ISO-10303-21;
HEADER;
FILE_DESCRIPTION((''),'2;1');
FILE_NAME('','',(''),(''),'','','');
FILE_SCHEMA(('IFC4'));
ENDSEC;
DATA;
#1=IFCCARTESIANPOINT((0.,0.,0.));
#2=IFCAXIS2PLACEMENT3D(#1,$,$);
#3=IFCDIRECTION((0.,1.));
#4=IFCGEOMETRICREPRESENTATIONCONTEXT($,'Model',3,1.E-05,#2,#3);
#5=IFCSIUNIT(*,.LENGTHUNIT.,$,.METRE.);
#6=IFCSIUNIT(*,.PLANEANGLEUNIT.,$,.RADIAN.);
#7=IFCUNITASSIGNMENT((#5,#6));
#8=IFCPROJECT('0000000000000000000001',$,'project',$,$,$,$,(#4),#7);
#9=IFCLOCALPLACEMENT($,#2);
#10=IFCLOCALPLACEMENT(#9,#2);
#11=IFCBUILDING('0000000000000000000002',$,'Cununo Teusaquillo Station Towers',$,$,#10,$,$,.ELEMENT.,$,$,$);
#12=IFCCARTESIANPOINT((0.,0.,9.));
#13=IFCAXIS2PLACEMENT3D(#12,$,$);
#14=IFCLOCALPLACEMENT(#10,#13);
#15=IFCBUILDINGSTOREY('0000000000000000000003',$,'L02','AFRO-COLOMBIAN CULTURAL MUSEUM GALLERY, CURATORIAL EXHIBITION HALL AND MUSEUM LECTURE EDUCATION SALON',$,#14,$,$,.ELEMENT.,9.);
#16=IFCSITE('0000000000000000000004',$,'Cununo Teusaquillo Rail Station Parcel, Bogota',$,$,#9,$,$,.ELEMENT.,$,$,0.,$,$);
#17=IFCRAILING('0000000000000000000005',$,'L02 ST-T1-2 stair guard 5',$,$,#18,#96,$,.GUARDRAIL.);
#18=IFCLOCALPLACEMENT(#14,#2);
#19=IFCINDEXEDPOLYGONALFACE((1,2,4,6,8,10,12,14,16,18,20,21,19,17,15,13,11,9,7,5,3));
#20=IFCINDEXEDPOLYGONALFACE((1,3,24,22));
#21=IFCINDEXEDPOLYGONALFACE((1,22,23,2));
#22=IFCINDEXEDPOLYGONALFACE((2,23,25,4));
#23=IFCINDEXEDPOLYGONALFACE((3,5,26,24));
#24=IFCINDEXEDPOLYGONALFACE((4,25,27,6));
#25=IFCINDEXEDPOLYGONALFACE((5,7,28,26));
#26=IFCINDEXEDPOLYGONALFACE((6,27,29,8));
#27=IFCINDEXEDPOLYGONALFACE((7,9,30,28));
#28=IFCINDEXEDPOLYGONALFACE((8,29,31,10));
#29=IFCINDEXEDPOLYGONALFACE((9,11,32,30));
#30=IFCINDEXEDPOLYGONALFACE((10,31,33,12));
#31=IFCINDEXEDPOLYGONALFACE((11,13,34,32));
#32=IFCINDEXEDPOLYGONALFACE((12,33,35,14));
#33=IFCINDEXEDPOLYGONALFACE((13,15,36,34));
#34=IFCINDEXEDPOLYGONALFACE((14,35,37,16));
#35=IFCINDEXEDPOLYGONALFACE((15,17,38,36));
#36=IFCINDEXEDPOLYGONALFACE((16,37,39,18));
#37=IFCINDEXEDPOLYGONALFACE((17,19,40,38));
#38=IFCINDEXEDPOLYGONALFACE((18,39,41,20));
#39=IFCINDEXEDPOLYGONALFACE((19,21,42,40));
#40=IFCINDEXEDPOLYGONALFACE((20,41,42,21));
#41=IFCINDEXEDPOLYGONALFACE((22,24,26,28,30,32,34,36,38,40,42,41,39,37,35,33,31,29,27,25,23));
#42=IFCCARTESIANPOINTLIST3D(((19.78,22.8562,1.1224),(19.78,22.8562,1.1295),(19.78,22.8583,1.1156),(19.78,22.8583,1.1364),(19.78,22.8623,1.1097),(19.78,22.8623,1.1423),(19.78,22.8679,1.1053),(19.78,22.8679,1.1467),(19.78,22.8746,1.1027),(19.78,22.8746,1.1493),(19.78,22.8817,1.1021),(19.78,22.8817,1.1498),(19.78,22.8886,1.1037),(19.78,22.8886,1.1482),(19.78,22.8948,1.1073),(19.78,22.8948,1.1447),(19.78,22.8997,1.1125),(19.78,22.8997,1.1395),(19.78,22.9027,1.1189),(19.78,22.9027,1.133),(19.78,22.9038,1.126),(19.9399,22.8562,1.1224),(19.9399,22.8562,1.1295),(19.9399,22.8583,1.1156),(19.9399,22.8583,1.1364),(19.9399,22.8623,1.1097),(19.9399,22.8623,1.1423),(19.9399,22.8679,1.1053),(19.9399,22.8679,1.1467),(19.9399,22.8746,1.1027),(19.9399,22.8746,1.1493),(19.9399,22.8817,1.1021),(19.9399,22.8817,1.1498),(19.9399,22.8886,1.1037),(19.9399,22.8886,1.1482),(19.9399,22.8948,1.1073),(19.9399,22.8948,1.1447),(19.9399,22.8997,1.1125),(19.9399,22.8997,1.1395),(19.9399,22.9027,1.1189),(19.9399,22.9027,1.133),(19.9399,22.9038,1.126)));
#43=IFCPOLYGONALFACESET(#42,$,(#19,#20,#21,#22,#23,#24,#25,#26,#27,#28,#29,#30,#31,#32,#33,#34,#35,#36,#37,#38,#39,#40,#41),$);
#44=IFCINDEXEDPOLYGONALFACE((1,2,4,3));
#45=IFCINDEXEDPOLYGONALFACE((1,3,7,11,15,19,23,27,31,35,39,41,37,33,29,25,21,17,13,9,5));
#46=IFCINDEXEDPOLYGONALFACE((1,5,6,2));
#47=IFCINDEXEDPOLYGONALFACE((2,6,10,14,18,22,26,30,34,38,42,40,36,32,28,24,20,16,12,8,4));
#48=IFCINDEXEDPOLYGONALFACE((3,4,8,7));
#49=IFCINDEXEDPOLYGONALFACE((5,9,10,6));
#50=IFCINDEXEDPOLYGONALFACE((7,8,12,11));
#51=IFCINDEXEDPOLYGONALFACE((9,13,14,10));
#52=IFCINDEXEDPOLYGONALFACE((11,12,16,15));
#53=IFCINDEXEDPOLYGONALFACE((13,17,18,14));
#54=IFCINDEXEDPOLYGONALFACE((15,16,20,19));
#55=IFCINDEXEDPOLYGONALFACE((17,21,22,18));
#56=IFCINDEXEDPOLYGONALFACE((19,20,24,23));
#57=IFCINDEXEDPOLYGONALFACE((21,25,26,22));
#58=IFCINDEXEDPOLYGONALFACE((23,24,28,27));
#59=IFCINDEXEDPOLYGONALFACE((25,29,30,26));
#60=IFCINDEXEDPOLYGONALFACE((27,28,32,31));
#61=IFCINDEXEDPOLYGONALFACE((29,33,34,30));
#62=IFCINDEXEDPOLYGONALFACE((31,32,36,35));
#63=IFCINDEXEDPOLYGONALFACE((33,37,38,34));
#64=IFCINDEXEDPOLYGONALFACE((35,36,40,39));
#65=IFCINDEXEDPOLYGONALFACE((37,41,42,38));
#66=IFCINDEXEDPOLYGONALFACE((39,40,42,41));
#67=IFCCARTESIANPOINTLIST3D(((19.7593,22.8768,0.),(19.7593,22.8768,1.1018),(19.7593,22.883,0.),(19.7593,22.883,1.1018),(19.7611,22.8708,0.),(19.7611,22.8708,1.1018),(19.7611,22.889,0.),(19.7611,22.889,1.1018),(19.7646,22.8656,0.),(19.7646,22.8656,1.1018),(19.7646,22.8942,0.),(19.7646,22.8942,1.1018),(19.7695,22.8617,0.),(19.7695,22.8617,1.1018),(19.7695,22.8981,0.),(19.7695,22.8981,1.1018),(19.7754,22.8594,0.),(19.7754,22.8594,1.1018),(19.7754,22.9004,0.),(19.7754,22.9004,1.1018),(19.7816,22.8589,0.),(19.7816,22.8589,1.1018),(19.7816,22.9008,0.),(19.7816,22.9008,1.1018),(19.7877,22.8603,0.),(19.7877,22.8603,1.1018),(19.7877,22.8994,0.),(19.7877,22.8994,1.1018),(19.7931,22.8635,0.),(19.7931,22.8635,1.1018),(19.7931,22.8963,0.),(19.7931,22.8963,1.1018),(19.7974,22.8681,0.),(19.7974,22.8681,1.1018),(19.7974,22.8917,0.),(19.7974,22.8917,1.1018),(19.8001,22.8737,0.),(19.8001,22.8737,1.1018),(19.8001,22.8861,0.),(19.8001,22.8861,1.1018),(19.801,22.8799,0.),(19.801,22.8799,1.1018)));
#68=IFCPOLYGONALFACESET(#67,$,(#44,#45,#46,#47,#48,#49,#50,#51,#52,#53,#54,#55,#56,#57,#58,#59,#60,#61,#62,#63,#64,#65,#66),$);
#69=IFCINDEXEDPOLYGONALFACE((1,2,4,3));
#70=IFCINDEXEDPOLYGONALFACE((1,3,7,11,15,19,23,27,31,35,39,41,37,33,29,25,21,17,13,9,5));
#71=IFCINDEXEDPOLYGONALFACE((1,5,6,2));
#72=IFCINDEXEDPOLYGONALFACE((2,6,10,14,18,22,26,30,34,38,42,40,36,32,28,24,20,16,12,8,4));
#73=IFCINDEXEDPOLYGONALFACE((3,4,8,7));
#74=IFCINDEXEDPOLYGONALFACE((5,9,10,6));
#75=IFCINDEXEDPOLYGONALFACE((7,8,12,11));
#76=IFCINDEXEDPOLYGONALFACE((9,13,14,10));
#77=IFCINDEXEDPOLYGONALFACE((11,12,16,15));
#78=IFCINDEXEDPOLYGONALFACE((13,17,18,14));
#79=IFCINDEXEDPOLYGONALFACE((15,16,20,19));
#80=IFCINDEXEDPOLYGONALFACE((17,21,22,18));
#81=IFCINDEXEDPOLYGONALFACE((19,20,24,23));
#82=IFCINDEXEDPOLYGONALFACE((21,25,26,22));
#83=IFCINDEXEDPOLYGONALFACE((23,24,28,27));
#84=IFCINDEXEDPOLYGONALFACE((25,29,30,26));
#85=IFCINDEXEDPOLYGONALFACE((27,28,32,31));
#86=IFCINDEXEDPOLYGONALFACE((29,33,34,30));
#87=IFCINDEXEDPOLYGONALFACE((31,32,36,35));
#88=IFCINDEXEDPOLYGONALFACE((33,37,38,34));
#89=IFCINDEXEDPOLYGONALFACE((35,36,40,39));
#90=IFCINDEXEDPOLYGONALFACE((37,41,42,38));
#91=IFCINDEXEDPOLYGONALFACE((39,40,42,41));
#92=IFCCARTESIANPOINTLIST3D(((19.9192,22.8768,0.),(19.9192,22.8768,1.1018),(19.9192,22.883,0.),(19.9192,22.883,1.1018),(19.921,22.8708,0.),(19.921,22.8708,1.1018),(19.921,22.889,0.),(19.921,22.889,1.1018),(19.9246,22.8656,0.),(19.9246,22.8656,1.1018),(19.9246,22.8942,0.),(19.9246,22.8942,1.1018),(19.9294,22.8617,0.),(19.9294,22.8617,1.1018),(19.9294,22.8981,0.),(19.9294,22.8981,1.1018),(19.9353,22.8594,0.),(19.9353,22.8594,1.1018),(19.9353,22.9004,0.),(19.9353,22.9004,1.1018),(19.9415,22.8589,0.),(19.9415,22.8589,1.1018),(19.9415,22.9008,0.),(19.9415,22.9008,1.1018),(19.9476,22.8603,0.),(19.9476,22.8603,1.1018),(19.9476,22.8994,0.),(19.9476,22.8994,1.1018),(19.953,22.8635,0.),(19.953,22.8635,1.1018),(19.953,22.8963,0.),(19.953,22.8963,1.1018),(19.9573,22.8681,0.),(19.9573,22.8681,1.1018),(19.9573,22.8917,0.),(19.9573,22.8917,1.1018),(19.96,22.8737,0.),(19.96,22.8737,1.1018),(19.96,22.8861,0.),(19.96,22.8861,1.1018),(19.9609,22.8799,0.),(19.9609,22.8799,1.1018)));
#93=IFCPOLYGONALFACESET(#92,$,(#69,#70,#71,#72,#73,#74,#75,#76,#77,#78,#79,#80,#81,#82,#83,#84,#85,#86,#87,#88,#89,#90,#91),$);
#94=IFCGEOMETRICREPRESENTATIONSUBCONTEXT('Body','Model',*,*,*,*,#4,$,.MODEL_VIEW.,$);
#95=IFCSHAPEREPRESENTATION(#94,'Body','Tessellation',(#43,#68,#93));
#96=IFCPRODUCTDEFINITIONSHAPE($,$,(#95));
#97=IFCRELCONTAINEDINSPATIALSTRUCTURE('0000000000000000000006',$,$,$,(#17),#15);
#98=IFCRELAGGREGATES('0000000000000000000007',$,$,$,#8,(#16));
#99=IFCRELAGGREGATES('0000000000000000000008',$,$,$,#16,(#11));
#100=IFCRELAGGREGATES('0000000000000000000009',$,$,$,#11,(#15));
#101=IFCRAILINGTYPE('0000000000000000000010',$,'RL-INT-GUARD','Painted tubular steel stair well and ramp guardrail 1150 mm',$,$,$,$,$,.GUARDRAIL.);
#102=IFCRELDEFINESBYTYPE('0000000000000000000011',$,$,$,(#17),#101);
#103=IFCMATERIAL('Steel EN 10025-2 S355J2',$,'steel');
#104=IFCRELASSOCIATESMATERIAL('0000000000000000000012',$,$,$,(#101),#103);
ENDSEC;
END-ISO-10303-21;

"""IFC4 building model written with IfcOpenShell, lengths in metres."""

from ifc_helpers import new_model, si_unit, direction, frame, origin, origin_2d, place, context, subcontext, project, spatial, circle, extrude, material, type_object, element, save


model = new_model("IFC4")

# Units and contexts
model_context = context("Model", 3, precision=1e-05, world=origin(), true_north=direction((0.0, 1.0)))
body_context = subcontext(model_context, "Body", "Model", "MODEL_VIEW")
ifc_project = project(units=[si_unit("LENGTHUNIT", "METRE"), si_unit("PLANEANGLEUNIT", "RADIAN")], contexts=[model_context])

# Site, building, storey
site_placement = place(None, origin())
site = spatial("IfcSite", under=ifc_project, at=site_placement, Name="Cununo Teusaquillo Rail Station Parcel, Bogota", CompositionType="ELEMENT", RefElevation=0.0)
building_placement = place(site_placement, origin())
building = spatial("IfcBuilding", under=site, at=building_placement, Name="Cununo Teusaquillo Station Towers", CompositionType="ELEMENT")
storey_placement = place(building_placement, frame((0.0, 0.0, 9.0)))
storey = spatial("IfcBuildingStorey", under=building, at=storey_placement, Name="L02", Description="AFRO-COLOMBIAN CULTURAL MUSEUM GALLERY, CURATORIAL EXHIBITION HALL AND MUSEUM LECTURE EDUCATION SALON", CompositionType="ELEMENT", Elevation=9.0)

# Railing
ifc_material_1 = material(Name="Steel EN 10025-2 S355J2", Category="steel")
railing_type_1 = type_object("IfcRailingType", Name="RL-INT-GUARD", Description="Painted tubular steel stair well and ramp guardrail 1150 mm", PredefinedType="GUARDRAIL", material=ifc_material_1)
railing_1_placement = place(storey_placement, frame((19.78, 22.8799, 0.0)))
element("IfcRailing", 1, at=railing_1_placement, inside=storey, type_object=railing_type_1, Name="L02 ST-T1-2 stair guard 5", PredefinedType="GUARDRAIL", context=body_context, shape_type="SweptSolid", body=[
    extrude(circle(Radius=0.0239, at=origin_2d()), frame((0.0, 0.0, 1.126), z_axis=(1.0, 0.0, 0.0), x_axis=(0.0, 1.0, 0.0)), (0.0, 0.0, 1.0), 0.1599),
    extrude(circle(Radius=0.021, at=origin_2d()), origin(), (0.0, 0.0, 1.0), 1.1018),
    extrude(circle(Radius=0.021, at=origin_2d()), frame((0.1599, 0.0, 0.0)), (0.0, 0.0, 1.0), 1.1018),
])

save(model, "model.ifc")
